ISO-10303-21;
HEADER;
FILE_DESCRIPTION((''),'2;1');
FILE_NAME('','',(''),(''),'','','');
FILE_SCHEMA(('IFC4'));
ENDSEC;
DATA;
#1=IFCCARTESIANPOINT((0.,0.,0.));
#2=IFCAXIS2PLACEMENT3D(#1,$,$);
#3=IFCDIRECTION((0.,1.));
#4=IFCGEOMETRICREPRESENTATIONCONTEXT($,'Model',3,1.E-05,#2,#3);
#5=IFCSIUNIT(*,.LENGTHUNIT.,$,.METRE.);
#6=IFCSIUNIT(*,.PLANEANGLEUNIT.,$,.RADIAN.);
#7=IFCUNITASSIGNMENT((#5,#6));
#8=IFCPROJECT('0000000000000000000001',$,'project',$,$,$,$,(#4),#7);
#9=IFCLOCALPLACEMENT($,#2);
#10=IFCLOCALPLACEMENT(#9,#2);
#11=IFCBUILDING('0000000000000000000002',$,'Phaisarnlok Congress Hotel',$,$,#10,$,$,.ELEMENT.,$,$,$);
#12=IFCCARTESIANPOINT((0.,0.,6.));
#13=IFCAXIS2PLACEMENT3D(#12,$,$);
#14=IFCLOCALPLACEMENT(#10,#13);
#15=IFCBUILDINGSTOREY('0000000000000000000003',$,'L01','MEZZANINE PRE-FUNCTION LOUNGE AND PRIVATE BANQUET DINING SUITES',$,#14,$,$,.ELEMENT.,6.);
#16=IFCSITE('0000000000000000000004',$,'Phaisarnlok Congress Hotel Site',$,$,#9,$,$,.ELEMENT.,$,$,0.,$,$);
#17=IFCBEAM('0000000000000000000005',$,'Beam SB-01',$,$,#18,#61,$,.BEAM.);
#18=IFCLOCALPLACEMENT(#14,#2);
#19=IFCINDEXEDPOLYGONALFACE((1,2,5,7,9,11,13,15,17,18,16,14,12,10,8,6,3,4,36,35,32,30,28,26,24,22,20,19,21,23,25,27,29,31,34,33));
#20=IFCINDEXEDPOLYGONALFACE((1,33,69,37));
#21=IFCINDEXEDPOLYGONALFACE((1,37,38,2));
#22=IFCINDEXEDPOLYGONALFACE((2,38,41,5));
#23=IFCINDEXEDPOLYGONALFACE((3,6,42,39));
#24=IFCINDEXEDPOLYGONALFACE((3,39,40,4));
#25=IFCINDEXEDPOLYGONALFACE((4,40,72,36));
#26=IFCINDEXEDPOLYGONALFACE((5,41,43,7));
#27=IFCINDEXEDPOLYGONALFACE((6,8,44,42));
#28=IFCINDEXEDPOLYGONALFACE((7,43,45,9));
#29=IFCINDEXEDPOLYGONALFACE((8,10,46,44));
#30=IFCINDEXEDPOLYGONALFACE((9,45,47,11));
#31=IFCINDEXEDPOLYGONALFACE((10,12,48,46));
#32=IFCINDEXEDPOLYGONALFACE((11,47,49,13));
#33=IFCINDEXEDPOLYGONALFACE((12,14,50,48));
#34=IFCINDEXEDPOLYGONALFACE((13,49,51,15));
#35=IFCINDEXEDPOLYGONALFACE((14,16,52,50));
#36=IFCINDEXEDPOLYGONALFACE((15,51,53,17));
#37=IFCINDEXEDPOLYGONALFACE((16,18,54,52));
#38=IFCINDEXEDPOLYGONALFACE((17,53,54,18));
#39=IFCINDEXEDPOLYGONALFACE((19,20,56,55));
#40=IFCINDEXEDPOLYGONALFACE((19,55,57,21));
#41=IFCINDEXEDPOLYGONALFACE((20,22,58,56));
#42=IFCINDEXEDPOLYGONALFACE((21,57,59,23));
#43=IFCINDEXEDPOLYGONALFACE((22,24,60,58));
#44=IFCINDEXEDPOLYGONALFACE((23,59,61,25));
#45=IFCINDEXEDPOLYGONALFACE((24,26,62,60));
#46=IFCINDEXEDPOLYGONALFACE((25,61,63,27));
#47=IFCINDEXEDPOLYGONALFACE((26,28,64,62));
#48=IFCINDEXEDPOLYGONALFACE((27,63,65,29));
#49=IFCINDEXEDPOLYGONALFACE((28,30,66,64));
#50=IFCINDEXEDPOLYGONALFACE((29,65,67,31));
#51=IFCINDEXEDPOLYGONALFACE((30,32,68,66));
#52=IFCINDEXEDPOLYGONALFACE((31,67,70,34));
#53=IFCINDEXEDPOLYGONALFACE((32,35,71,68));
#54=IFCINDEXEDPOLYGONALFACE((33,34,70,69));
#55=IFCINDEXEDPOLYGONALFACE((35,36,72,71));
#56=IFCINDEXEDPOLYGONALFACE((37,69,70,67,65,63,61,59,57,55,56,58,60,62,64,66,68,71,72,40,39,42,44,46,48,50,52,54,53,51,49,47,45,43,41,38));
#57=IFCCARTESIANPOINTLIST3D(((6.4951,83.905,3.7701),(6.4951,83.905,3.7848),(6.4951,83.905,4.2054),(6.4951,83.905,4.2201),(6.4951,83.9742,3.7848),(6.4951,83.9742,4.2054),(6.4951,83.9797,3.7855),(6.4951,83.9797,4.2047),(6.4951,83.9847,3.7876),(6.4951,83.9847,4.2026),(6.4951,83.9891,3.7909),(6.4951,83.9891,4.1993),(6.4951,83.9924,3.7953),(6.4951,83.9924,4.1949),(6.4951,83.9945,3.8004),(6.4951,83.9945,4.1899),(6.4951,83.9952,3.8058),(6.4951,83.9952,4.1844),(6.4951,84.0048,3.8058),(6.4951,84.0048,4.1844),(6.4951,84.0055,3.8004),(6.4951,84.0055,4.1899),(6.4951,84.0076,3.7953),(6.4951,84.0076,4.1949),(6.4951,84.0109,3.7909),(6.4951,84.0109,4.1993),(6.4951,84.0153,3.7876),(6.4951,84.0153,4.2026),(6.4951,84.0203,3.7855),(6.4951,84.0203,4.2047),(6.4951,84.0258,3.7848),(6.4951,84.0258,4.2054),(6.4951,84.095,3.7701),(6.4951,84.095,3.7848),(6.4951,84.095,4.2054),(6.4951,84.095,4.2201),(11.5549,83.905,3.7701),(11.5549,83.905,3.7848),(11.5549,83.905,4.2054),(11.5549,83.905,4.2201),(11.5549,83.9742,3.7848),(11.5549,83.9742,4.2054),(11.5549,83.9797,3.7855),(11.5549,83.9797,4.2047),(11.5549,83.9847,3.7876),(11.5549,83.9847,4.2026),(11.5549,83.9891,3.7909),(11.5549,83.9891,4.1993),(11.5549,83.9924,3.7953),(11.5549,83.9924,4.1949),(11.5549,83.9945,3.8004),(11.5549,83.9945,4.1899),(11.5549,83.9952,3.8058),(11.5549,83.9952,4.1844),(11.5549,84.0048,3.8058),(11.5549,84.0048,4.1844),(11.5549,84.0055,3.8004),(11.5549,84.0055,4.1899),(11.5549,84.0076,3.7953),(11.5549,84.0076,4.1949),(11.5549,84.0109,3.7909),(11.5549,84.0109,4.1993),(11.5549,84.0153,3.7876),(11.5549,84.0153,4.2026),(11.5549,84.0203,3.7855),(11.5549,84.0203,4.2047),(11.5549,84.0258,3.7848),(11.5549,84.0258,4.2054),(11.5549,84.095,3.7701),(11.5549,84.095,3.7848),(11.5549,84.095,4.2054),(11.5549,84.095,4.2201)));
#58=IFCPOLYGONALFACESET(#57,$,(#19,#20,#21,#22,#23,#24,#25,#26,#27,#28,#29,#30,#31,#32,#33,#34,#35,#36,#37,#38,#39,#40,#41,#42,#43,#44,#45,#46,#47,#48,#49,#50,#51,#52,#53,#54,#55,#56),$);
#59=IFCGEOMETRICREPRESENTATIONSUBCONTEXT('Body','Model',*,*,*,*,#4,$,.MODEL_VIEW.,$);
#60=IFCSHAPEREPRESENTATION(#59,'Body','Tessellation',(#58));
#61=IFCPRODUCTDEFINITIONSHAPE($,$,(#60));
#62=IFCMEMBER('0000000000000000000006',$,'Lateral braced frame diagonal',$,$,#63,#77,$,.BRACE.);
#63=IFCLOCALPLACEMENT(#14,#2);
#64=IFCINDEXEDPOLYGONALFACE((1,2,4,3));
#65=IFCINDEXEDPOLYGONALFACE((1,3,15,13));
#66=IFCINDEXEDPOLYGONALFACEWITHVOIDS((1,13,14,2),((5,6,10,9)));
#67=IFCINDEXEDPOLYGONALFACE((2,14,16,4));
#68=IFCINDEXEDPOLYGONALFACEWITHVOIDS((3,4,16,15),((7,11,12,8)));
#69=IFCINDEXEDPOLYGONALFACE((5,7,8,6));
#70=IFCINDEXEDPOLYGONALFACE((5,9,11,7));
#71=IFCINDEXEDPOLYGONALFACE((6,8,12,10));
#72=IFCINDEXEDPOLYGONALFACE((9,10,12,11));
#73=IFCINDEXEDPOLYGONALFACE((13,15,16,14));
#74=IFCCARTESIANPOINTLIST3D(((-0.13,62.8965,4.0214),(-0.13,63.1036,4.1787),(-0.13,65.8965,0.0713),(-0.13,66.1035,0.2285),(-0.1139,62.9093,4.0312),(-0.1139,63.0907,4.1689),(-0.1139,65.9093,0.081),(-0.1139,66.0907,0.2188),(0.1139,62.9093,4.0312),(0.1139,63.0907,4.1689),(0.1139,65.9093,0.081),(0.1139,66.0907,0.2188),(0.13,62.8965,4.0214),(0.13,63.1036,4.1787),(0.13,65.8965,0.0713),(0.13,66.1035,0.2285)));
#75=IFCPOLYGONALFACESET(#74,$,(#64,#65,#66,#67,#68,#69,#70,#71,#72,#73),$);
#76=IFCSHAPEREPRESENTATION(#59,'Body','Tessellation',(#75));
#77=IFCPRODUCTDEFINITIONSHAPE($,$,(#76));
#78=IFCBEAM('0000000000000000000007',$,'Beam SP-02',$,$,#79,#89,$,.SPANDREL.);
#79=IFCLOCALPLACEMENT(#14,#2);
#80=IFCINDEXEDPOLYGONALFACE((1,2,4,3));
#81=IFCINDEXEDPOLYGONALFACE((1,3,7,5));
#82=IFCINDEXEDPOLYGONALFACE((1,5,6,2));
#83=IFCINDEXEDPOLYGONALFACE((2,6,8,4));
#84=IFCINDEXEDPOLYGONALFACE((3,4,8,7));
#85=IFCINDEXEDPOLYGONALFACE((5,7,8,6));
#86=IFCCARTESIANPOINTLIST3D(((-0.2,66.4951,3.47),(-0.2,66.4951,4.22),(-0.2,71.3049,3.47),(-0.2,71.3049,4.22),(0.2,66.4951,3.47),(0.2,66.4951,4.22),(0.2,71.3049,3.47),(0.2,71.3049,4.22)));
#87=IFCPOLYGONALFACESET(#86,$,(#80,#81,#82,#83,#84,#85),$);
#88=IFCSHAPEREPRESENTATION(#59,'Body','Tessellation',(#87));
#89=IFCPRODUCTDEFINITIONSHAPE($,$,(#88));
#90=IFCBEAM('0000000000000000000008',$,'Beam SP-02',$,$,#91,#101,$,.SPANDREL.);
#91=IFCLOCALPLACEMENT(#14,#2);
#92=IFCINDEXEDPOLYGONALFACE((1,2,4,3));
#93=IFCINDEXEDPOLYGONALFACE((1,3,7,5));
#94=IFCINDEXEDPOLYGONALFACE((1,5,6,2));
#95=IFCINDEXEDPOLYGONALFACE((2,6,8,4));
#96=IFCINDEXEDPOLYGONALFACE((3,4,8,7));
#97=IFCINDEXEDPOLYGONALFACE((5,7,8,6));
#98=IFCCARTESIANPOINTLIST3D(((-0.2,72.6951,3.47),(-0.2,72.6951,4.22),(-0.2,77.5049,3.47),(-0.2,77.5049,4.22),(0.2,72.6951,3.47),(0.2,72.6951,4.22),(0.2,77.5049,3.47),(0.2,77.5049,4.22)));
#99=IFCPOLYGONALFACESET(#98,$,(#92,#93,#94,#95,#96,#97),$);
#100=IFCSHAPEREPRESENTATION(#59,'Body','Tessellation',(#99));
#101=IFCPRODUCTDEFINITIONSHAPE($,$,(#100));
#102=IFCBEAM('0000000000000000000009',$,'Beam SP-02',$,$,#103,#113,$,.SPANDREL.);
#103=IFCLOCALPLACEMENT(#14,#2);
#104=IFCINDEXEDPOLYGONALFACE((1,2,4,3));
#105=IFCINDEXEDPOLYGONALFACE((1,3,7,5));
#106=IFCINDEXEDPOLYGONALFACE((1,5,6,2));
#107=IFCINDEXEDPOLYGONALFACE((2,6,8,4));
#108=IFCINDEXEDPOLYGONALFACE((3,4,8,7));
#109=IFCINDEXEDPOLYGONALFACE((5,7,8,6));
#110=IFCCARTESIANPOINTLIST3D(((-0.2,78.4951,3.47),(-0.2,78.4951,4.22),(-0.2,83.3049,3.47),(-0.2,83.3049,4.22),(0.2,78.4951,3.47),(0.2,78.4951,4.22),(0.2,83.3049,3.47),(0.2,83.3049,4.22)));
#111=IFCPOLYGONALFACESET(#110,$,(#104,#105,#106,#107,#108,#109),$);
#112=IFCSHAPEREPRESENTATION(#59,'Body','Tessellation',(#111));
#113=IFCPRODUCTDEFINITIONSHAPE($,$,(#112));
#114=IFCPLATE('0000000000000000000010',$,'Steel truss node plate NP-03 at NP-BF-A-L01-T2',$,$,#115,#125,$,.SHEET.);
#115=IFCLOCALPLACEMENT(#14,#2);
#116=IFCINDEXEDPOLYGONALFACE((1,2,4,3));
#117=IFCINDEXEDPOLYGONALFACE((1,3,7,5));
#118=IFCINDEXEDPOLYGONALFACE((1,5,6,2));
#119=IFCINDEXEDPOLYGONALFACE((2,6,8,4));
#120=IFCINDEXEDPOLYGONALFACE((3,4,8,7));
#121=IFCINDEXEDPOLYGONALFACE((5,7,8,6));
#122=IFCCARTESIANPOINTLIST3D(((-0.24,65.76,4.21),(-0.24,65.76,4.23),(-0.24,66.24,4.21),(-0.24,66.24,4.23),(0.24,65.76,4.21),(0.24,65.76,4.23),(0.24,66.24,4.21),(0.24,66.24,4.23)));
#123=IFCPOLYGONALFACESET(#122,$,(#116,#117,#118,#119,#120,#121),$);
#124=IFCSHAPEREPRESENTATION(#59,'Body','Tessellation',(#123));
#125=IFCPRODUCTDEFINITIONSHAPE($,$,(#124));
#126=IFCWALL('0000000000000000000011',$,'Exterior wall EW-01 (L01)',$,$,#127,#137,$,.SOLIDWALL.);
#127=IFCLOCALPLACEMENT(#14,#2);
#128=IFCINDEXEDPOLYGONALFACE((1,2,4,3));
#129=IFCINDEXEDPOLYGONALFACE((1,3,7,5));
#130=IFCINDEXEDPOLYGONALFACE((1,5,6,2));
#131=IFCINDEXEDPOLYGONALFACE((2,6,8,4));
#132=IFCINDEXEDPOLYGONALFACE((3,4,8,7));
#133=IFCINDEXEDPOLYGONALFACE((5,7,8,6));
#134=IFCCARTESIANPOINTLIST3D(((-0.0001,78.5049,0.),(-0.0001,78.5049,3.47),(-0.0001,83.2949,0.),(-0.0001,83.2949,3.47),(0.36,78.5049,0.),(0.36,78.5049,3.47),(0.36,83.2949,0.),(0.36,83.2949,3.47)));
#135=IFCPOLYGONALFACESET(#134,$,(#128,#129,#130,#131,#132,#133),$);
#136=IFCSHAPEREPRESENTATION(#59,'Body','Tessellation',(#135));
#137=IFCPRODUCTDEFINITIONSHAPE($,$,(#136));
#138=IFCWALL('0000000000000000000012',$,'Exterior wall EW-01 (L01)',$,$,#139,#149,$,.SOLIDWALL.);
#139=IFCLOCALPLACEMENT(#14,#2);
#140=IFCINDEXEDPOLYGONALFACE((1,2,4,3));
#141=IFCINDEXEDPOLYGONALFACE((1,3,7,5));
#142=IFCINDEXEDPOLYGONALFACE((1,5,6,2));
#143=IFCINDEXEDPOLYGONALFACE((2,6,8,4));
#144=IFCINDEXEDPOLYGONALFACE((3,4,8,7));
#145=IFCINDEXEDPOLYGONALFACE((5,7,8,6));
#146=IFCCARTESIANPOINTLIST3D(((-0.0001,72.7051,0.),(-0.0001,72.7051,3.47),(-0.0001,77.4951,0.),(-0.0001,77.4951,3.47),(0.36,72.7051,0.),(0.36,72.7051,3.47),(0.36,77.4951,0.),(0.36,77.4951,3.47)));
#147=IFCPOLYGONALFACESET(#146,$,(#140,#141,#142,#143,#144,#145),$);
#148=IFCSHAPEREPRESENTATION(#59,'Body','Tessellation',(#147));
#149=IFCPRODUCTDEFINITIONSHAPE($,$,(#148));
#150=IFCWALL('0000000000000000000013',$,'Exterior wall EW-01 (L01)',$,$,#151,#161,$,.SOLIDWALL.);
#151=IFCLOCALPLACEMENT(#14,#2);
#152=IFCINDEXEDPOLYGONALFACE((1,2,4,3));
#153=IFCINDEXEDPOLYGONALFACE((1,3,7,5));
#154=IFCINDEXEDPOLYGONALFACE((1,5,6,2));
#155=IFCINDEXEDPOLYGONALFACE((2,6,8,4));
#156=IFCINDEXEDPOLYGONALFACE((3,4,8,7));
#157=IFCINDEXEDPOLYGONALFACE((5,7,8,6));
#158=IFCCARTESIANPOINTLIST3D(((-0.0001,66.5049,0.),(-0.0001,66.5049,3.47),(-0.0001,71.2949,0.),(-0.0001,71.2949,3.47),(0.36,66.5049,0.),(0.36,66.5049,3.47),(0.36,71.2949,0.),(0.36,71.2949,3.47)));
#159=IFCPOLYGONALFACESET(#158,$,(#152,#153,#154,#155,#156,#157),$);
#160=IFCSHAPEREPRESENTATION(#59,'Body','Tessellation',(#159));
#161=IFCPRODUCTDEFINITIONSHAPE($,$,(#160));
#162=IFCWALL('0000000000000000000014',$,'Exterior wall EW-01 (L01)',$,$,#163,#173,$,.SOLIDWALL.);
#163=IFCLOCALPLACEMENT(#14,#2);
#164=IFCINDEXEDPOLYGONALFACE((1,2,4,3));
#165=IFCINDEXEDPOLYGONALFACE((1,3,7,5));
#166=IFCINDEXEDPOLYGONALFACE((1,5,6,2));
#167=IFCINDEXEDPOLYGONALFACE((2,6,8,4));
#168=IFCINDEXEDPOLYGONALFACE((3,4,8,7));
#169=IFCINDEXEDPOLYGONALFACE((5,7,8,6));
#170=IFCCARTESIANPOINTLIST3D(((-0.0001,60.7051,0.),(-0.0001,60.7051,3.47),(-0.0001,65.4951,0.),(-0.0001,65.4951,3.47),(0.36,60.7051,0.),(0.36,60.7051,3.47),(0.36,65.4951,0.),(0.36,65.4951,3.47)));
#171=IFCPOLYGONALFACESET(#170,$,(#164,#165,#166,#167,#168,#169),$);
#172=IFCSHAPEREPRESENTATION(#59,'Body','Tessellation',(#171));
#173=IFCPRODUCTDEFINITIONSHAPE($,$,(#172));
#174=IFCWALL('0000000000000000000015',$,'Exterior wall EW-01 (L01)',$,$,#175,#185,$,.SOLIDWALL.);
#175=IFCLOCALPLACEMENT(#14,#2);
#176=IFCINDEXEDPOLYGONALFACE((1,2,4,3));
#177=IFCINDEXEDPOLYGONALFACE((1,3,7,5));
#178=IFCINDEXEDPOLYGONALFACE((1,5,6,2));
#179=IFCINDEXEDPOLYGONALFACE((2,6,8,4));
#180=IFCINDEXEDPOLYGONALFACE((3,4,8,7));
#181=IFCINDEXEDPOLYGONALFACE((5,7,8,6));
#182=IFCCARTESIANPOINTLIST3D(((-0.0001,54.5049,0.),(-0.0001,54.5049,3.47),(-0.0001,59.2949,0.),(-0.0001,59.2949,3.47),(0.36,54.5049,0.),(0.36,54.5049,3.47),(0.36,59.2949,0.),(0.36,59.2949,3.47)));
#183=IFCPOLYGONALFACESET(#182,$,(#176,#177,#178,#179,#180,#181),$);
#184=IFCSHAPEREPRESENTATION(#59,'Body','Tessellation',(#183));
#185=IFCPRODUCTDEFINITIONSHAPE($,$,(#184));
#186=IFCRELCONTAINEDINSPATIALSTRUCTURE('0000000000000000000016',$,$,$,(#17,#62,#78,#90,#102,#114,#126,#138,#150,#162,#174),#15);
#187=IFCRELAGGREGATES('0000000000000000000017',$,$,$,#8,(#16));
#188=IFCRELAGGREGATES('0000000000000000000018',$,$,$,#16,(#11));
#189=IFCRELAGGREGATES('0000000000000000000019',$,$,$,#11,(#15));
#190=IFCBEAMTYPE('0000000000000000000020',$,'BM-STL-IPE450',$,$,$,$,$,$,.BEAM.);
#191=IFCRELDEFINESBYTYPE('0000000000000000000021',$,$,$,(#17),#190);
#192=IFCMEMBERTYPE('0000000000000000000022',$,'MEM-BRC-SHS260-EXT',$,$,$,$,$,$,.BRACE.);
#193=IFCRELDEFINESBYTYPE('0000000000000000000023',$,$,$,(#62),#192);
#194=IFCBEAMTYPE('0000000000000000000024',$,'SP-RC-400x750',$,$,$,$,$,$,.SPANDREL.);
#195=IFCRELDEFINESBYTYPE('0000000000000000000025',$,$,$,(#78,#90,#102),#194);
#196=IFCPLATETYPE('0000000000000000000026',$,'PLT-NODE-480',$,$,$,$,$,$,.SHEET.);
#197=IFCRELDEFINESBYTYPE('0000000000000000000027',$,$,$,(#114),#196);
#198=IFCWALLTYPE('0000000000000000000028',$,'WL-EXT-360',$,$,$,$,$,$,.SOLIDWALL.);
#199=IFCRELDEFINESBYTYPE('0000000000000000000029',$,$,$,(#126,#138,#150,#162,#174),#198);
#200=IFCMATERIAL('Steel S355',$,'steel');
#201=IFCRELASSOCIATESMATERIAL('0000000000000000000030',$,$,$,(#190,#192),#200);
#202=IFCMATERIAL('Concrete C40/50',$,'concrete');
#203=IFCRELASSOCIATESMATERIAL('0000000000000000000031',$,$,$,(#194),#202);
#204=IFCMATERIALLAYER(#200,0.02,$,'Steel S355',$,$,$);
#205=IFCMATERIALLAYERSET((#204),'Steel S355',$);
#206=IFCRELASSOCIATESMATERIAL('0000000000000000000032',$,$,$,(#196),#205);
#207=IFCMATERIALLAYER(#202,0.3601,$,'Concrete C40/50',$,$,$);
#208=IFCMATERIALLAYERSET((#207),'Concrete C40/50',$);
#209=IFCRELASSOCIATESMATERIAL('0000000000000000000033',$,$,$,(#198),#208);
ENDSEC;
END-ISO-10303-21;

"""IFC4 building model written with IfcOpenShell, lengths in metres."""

from ifc_helpers import new_model, si_unit, direction, frame, frame_2d, origin, origin_2d, place, context, subcontext, project, spatial, rectangle, hollow_rectangle, i_section, extrude, material, layer, layer_set, material_profile, profile_set, type_object, element, save


model = new_model("IFC4")

# Units and contexts
model_context = context("Model", 3, precision=1e-05, world=origin(), true_north=direction((0.0, 1.0)))
body_context = subcontext(model_context, "Body", "Model", "MODEL_VIEW")
ifc_project = project(units=[si_unit("LENGTHUNIT", "METRE"), si_unit("PLANEANGLEUNIT", "RADIAN")], contexts=[model_context])

# Site, building, storey
site_placement = place(None, origin())
site = spatial("IfcSite", under=ifc_project, at=site_placement, Name="Phaisarnlok Congress Hotel Site", CompositionType="ELEMENT", RefElevation=0.0)
building_placement = place(site_placement, origin())
building = spatial("IfcBuilding", under=site, at=building_placement, Name="Phaisarnlok Congress Hotel", CompositionType="ELEMENT")
storey_placement = place(building_placement, frame((0.0, 0.0, 6.0)))
storey = spatial("IfcBuildingStorey", under=building, at=storey_placement, Name="L01", Description="MEZZANINE PRE-FUNCTION LOUNGE AND PRIVATE BANQUET DINING SUITES", CompositionType="ELEMENT", Elevation=6.0)

# Shared definitions
ifc_material_1 = material(Name="Concrete C40/50", Category="concrete")

# Beam
ifc_material_2 = material(Name="Steel S355", Category="steel")
ifc_material_profile_1 = material_profile(ifc_material_2, i_section(OverallWidth=0.1899, OverallDepth=0.45, WebThickness=0.0095, FlangeThickness=0.0146, FilletRadius=0.021, at=origin_2d()), Name="IPE 450")
ifc_profile_set_1 = profile_set([ifc_material_profile_1], Name="Steel S355")
beam_type_1 = type_object("IfcBeamType", Name="BM-STL-IPE450", PredefinedType="BEAM", material=ifc_profile_set_1)
beam_1_placement = place(storey_placement, frame((6.4951, 84.0, 3.9951), z_axis=(1.0, 0.0, 0.0), x_axis=(0.0, 1.0, 0.0)))
element("IfcBeam", 1, at=beam_1_placement, inside=storey, type_object=beam_type_1, Name="Beam SB-01", PredefinedType="BEAM", context=body_context, shape_type="SweptSolid", body=[
    extrude(i_section(OverallWidth=0.1899, OverallDepth=0.45, WebThickness=0.0095, FlangeThickness=0.0146, FilletRadius=0.021, at=origin_2d()), origin(), (0.0, 0.0, 1.0), 5.0598),
])

# Member
ifc_material_profile_2 = material_profile(ifc_material_2, hollow_rectangle(XDim=0.26, YDim=0.26, WallThickness=0.0161, at=origin_2d()), Name="SHS 260x260x16")
ifc_profile_set_2 = profile_set([ifc_material_profile_2], Name="Steel S355")
member_type = type_object("IfcMemberType", Name="MEM-BRC-SHS260-EXT", PredefinedType="BRACE", material=ifc_profile_set_2)
member_placement = place(storey_placement, frame((0.0, 66.0, 0.1499), z_axis=(0.0, -0.604809, 0.796371), x_axis=(1.0, 0.0, 0.0)))
element("IfcMember", 2, at=member_placement, inside=storey, type_object=member_type, Name="Lateral braced frame diagonal", PredefinedType="BRACE", context=body_context, shape_type="SweptSolid", body=[
    extrude(hollow_rectangle(XDim=0.26, YDim=0.26, WallThickness=0.0161, at=origin_2d()), origin(), (0.0, 0.0, 1.0), 4.9602),
])

# Beams
ifc_material_profile_3 = material_profile(ifc_material_1, rectangle(XDim=0.3999, YDim=0.75, at=origin_2d()), Name="RC 400x750")
ifc_profile_set_3 = profile_set([ifc_material_profile_3], Name="Concrete C40/50")
beam_type_2 = type_object("IfcBeamType", Name="SP-RC-400x750", PredefinedType="SPANDREL", material=ifc_profile_set_3)
for number, where, z_axis, x_axis, name in (
    (3, (0.0, 66.4951, 3.845), (0.0, 1.0, 0.0), (-1.0, 0.0, 0.0), "Beam SP-02"),
    (4, (0.0, 72.6951, 3.845), (0.0, 1.0, 0.0), (-1.0, 0.0, 0.0), "Beam SP-02"),
    (5, (0.0, 78.4951, 3.845), (0.0, 1.0, 0.0), (-1.0, 0.0, 0.0), "Beam SP-02"),
):
    element("IfcBeam", number, at=place(storey_placement, frame(where, z_axis=z_axis, x_axis=x_axis)), inside=storey, type_object=beam_type_2, Name=name, PredefinedType="SPANDREL", context=body_context, shape_type="SweptSolid", body=[
        extrude(rectangle(XDim=0.3999, YDim=0.75, at=origin_2d()), origin(), (0.0, 0.0, 1.0), 4.8098),
    ])

# Plate
ifc_layer_1 = layer(ifc_material_2, 0.02, Name="Steel S355")
ifc_layer_set_1 = layer_set([ifc_layer_1], Name="Steel S355")
plate_type = type_object("IfcPlateType", Name="PLT-NODE-480", PredefinedType="SHEET", material=ifc_layer_set_1)
plate_placement = place(storey_placement, frame((0.0, 66.0, 4.21), z_axis=(0.0, 0.0, 1.0), x_axis=(1.0, 0.0, 0.0)))
element("IfcPlate", 6, at=plate_placement, inside=storey, type_object=plate_type, Name="Steel truss node plate NP-03 at NP-BF-A-L01-T2", PredefinedType="SHEET", context=body_context, shape_type="SweptSolid", body=[
    extrude(rectangle(XDim=0.48, YDim=0.48, at=origin_2d()), origin(), (0.0, 0.0, 1.0), 0.02),
])

# Walls
ifc_layer_2 = layer(ifc_material_1, 0.3601, Name="Concrete C40/50")
ifc_layer_set_2 = layer_set([ifc_layer_2], Name="Concrete C40/50")
wall_type_1 = type_object("IfcWallType", Name="WL-EXT-360", PredefinedType="SOLIDWALL", material=ifc_layer_set_2)
for number, where, z_axis, x_axis, name in (
    (7, (0.1799, 83.2949, 0.0), (0.0, 0.0, 1.0), (0.0, -1.0, 0.0), "Exterior wall EW-01 (L01)"),
    (8, (0.1799, 77.4951, 0.0), (0.0, 0.0, 1.0), (0.0, -1.0, 0.0), "Exterior wall EW-01 (L01)"),
    (9, (0.1799, 71.2949, 0.0), (0.0, 0.0, 1.0), (0.0, -1.0, 0.0), "Exterior wall EW-01 (L01)"),
    (10, (0.1799, 65.4951, 0.0), (0.0, 0.0, 1.0), (0.0, -1.0, 0.0), "Exterior wall EW-01 (L01)"),
    (11, (0.1799, 59.2949, 0.0), (0.0, 0.0, 1.0), (0.0, -1.0, 0.0), "Exterior wall EW-01 (L01)"),
):
    element("IfcWall", number, at=place(storey_placement, frame(where, z_axis=z_axis, x_axis=x_axis)), inside=storey, type_object=wall_type_1, Name=name, PredefinedType="SOLIDWALL", context=body_context, shape_type="SweptSolid", body=[
        extrude(rectangle(XDim=4.79, YDim=0.3601, at=frame_2d((2.395, 0.0))), origin(), (0.0, 0.0, 1.0), 3.47),
    ])

save(model, "model.ifc")
